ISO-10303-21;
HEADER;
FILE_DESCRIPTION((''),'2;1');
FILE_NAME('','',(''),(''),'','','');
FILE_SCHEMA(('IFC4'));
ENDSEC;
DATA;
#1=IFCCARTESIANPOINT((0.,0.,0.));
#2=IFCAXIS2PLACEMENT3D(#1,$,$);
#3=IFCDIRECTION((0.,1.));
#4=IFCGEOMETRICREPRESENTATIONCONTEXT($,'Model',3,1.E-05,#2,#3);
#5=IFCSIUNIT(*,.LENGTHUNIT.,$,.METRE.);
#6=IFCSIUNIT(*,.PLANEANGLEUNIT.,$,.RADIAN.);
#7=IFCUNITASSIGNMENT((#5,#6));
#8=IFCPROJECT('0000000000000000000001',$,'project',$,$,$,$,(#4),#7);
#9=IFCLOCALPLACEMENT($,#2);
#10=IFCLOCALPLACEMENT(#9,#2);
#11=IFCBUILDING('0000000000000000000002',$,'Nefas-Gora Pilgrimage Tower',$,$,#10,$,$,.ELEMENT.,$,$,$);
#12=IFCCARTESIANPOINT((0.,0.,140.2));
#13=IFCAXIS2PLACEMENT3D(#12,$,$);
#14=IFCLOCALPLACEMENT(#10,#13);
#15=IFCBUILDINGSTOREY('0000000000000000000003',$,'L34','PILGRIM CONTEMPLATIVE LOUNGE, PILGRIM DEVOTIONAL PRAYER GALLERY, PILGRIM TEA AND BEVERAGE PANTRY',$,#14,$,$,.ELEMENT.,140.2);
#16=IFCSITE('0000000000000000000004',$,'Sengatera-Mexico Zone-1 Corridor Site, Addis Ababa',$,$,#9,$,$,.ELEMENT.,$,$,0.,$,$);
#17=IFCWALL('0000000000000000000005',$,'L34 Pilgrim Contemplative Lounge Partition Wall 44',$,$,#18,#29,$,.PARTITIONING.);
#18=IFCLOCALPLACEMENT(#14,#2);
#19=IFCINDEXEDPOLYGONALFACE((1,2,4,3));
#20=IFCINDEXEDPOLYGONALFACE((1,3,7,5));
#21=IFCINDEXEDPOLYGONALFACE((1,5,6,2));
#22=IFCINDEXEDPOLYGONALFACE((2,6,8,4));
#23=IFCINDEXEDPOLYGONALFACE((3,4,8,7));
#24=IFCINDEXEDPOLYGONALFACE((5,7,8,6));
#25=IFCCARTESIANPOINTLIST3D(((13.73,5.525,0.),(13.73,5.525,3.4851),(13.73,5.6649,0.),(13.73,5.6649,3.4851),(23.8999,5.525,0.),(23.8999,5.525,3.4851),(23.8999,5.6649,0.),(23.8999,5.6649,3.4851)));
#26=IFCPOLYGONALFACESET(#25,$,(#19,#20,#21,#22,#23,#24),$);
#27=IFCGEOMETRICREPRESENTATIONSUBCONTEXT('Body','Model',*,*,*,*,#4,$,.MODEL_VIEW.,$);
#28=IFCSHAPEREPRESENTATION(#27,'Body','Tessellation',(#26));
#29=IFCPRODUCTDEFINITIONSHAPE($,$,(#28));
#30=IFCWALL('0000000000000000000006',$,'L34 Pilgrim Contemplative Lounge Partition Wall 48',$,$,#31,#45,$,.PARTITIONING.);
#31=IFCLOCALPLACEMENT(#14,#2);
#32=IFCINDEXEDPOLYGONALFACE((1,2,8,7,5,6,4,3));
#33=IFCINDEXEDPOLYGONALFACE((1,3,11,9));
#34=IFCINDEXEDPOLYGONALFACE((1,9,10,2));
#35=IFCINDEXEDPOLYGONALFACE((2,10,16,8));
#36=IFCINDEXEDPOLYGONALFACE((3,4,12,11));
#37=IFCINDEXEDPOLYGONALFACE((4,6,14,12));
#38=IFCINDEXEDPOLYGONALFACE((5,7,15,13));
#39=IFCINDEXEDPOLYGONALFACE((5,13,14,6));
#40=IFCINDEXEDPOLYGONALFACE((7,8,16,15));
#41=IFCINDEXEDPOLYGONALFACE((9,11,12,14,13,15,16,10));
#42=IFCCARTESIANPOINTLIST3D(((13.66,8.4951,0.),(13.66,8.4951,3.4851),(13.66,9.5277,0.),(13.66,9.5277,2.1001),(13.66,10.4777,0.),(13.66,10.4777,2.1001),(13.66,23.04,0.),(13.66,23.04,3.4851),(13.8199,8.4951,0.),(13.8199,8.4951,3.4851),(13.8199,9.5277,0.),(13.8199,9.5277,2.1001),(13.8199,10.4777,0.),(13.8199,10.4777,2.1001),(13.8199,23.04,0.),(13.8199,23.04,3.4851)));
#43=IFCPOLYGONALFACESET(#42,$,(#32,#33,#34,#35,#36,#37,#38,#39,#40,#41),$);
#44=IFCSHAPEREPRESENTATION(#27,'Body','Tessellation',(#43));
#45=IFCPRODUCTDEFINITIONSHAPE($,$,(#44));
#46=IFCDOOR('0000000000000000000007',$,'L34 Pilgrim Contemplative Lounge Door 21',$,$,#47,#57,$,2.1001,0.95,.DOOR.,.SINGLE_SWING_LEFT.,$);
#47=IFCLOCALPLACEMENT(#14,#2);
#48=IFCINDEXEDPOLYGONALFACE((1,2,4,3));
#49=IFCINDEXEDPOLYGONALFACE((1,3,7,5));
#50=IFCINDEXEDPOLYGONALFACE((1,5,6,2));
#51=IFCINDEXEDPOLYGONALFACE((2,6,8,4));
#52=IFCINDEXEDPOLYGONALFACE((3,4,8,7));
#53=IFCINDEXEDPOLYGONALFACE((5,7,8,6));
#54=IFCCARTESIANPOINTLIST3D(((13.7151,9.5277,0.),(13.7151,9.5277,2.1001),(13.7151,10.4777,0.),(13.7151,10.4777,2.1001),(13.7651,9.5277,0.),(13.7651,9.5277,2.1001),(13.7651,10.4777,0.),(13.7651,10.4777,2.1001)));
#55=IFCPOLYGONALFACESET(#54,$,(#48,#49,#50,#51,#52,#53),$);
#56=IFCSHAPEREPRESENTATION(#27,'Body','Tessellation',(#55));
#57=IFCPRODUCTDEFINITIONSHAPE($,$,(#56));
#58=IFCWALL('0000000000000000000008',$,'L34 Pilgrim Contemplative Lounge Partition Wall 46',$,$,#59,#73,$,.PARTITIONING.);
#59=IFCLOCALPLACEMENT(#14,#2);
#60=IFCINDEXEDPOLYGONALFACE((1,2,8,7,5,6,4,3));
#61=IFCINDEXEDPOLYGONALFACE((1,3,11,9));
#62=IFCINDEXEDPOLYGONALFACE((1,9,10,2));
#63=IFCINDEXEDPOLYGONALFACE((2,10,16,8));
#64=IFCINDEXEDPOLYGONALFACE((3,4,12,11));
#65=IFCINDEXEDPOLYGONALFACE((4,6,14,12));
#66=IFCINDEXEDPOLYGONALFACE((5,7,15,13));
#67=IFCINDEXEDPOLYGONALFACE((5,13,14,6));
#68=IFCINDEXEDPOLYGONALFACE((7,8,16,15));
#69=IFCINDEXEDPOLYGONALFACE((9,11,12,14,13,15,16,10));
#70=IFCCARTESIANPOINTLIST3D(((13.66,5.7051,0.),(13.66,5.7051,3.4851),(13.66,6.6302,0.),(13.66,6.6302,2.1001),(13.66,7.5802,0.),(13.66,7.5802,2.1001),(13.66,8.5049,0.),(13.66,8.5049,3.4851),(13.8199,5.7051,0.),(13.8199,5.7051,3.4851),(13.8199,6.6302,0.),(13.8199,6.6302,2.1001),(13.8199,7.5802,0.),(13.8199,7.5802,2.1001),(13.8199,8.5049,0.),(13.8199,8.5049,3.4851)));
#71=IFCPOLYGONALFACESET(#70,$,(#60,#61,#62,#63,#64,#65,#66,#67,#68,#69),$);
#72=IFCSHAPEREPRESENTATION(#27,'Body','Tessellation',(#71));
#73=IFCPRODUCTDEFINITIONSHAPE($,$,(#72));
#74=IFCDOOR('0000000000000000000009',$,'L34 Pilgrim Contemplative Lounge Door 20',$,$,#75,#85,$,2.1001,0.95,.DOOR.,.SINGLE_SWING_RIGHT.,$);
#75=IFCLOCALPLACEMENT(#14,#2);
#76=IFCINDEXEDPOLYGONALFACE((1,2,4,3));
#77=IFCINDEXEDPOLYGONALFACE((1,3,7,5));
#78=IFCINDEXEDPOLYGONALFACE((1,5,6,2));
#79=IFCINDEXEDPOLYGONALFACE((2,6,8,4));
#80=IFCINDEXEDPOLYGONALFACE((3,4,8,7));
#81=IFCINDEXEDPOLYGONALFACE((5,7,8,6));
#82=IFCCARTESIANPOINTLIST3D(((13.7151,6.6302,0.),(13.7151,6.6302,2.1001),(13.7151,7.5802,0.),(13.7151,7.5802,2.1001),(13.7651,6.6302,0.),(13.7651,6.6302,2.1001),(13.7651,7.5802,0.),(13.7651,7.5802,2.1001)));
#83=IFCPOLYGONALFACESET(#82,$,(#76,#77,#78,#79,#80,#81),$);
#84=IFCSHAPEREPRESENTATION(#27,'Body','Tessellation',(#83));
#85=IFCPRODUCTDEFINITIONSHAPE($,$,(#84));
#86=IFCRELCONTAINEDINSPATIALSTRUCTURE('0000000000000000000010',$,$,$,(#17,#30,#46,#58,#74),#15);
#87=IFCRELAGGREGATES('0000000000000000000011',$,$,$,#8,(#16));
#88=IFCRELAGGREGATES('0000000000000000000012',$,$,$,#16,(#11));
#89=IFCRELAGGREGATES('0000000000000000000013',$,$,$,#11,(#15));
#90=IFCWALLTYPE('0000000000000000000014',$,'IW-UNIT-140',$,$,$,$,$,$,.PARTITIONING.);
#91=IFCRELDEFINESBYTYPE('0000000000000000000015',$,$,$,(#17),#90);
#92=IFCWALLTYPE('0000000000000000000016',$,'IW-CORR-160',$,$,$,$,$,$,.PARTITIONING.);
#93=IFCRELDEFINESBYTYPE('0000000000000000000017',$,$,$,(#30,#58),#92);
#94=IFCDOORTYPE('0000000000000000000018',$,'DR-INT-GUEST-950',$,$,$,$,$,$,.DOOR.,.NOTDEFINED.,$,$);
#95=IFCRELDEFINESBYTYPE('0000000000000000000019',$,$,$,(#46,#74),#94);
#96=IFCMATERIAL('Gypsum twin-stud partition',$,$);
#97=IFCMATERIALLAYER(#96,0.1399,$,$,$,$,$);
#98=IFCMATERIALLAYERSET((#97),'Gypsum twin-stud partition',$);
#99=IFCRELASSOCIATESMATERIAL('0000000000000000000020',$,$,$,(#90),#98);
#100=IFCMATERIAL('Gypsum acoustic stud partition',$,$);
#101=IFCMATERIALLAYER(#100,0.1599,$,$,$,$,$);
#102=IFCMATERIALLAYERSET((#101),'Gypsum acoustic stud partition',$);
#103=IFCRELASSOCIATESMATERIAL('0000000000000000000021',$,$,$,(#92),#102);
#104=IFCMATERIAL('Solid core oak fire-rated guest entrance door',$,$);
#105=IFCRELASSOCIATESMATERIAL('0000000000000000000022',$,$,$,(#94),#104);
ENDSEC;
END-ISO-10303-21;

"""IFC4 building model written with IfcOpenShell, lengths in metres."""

from ifc_helpers import new_model, si_unit, direction, frame, frame_2d, origin, place, context, subcontext, project, spatial, rectangle, extrude, source, transform, mapped, material, layer, layer_set, type_object, element, fill, save


model = new_model("IFC4")

# Units and contexts
model_context = context("Model", 3, precision=1e-05, world=origin(), true_north=direction((0.0, 1.0)))
body_context = subcontext(model_context, "Body", "Model", "MODEL_VIEW")
ifc_project = project(units=[si_unit("LENGTHUNIT", "METRE"), si_unit("PLANEANGLEUNIT", "RADIAN")], contexts=[model_context])

# Site, building, storey
site_placement = place(None, origin())
site = spatial("IfcSite", under=ifc_project, at=site_placement, Name="Sengatera-Mexico Zone-1 Corridor Site, Addis Ababa", CompositionType="ELEMENT", RefElevation=0.0)
building_placement = place(site_placement, origin())
building = spatial("IfcBuilding", under=site, at=building_placement, Name="Nefas-Gora Pilgrimage Tower", CompositionType="ELEMENT")
storey_placement = place(building_placement, frame((0.0, 0.0, 140.2)))
storey = spatial("IfcBuildingStorey", under=building, at=storey_placement, Name="L34", Description="PILGRIM CONTEMPLATIVE LOUNGE, PILGRIM DEVOTIONAL PRAYER GALLERY, PILGRIM TEA AND BEVERAGE PANTRY", CompositionType="ELEMENT", Elevation=140.2)

# Shared definitions
ifc_material_1 = material(Name="Gypsum twin-stud partition")
ifc_layer_1 = layer(ifc_material_1, 0.1399)
ifc_layer_set_1 = layer_set([ifc_layer_1], Name="Gypsum twin-stud partition")
wall_type_1 = type_object("IfcWallType", Name="IW-UNIT-140", PredefinedType="PARTITIONING", material=ifc_layer_set_1)

# Shared definitions
ifc_material_2 = material(Name="Gypsum acoustic stud partition")
ifc_layer_2 = layer(ifc_material_2, 0.1599)
ifc_layer_set_2 = layer_set([ifc_layer_2], Name="Gypsum acoustic stud partition")
wall_type_2 = type_object("IfcWallType", Name="IW-CORR-160", PredefinedType="PARTITIONING", material=ifc_layer_set_2)
ifc_material_3 = material(Name="Solid core oak fire-rated guest entrance door")
door_type = type_object("IfcDoorType", Name="DR-INT-GUEST-950", OperationType="NOTDEFINED", PredefinedType="DOOR", material=ifc_material_3)
shared_shape_1 = source(origin(), body_context, "Body", "SweptSolid", [
    extrude(rectangle(XDim=0.95, YDim=2.1001, at=frame_2d((0.4751, 1.05))), frame((0.0, 0.0249, 0.0), z_axis=(0.0, -1.0, 0.0), x_axis=(1.0, 0.0, 0.0)), (0.0, 0.0, 1.0), 0.05),
])

# Wall
shared_shape_2 = source(origin(), body_context, "Body", "SweptSolid", [
    extrude(rectangle(XDim=10.1699, YDim=0.1399, at=frame_2d((5.085, 0.0))), origin(), (0.0, 0.0, 1.0), 3.4851),
])
wall_1_placement = place(storey_placement, frame((13.73, 5.595, 0.0), z_axis=(0.0, 0.0, 1.0), x_axis=(1.0, 0.0, 0.0)))
element("IfcWall", 1, at=wall_1_placement, inside=storey, type_object=wall_type_1, Name="L34 Pilgrim Contemplative Lounge Partition Wall 44", PredefinedType="PARTITIONING", context=body_context, shape_type="MappedRepresentation", body=[
    mapped(shared_shape_2, transform((0.0, 0.0, 0.0), x_axis=(1.0, 0.0, 0.0), y_axis=(0.0, 1.0, 0.0), z_axis=(0.0, 0.0, 1.0), scale=1.0)),
])

# Walls, openings, doors
shared_shape_3 = source(origin(), body_context, "Body", "SweptSolid", [
    extrude(rectangle(XDim=14.5449, YDim=0.1599, at=frame_2d((7.2725, 0.0))), origin(), (0.0, 0.0, 1.0), 3.4851),
])
wall_2_placement = place(storey_placement, frame((13.74, 8.4951, 0.0), z_axis=(0.0, 0.0, 1.0), x_axis=(0.0, 1.0, 0.0)))
wall_2 = element("IfcWall", 2, at=wall_2_placement, inside=storey, type_object=wall_type_2, Name="L34 Pilgrim Contemplative Lounge Partition Wall 48", PredefinedType="PARTITIONING", context=body_context, shape_type="MappedRepresentation", body=[
    mapped(shared_shape_3, transform((0.0, 0.0, 0.0), x_axis=(1.0, 0.0, 0.0), y_axis=(0.0, 1.0, 0.0), z_axis=(0.0, 0.0, 1.0), scale=1.0)),
])
opening_1_placement = place(wall_2_placement, frame((1.0325, 0.0, 0.0)))
opening_1 = element("IfcOpeningElement", 3, at=opening_1_placement, cuts=wall_2, PredefinedType="OPENING", context=body_context, shape_type="SweptSolid", body=[
    extrude(rectangle(XDim=0.95, YDim=2.1001, at=frame_2d((0.4751, 1.05))), frame((0.0, 0.0898, 0.0), z_axis=(0.0, -1.0, 0.0), x_axis=(1.0, 0.0, 0.0)), (0.0, 0.0, 1.0), 0.1799),
])
door_1_placement = place(opening_1_placement, origin())
door_1 = element("IfcDoor", 4, at=door_1_placement, inside=storey, type_object=door_type, Name="L34 Pilgrim Contemplative Lounge Door 21", OperationType="SINGLE_SWING_LEFT", OverallHeight=2.1001, OverallWidth=0.95, PredefinedType="DOOR", context=body_context, shape_type="MappedRepresentation", body=[
    mapped(shared_shape_1, transform((0.0, 0.0, 0.0), x_axis=(1.0, 0.0, 0.0), y_axis=(0.0, 1.0, 0.0), z_axis=(0.0, 0.0, 1.0), scale=1.0)),
])
fill(opening_1, door_1)
shared_shape_4 = source(origin(), body_context, "Body", "SweptSolid", [
    extrude(rectangle(XDim=2.7998, YDim=0.1599, at=frame_2d((1.3999, 0.0))), origin(), (0.0, 0.0, 1.0), 3.4851),
])
wall_3_placement = place(storey_placement, frame((13.74, 5.7051, 0.0), z_axis=(0.0, 0.0, 1.0), x_axis=(0.0, 1.0, 0.0)))
wall_3 = element("IfcWall", 5, at=wall_3_placement, inside=storey, type_object=wall_type_2, Name="L34 Pilgrim Contemplative Lounge Partition Wall 46", PredefinedType="PARTITIONING", context=body_context, shape_type="MappedRepresentation", body=[
    mapped(shared_shape_4, transform((0.0, 0.0, 0.0), x_axis=(1.0, 0.0, 0.0), y_axis=(0.0, 1.0, 0.0), z_axis=(0.0, 0.0, 1.0), scale=1.0)),
])
opening_2_placement = place(wall_3_placement, frame((0.925, 0.0, 0.0)))
opening_2 = element("IfcOpeningElement", 6, at=opening_2_placement, cuts=wall_3, PredefinedType="OPENING", context=body_context, shape_type="SweptSolid", body=[
    extrude(rectangle(XDim=0.95, YDim=2.1001, at=frame_2d((0.4751, 1.05))), frame((0.0, 0.0898, 0.0), z_axis=(0.0, -1.0, 0.0), x_axis=(1.0, 0.0, 0.0)), (0.0, 0.0, 1.0), 0.1799),
])
door_2_placement = place(opening_2_placement, origin())
door_2 = element("IfcDoor", 7, at=door_2_placement, inside=storey, type_object=door_type, Name="L34 Pilgrim Contemplative Lounge Door 20", OperationType="SINGLE_SWING_RIGHT", OverallHeight=2.1001, OverallWidth=0.95, PredefinedType="DOOR", context=body_context, shape_type="MappedRepresentation", body=[
    mapped(shared_shape_1, transform((0.0, 0.0, 0.0), x_axis=(1.0, 0.0, 0.0), y_axis=(0.0, 1.0, 0.0), z_axis=(0.0, 0.0, 1.0), scale=1.0)),
])
fill(opening_2, door_2)

save(model, "model.ifc")
